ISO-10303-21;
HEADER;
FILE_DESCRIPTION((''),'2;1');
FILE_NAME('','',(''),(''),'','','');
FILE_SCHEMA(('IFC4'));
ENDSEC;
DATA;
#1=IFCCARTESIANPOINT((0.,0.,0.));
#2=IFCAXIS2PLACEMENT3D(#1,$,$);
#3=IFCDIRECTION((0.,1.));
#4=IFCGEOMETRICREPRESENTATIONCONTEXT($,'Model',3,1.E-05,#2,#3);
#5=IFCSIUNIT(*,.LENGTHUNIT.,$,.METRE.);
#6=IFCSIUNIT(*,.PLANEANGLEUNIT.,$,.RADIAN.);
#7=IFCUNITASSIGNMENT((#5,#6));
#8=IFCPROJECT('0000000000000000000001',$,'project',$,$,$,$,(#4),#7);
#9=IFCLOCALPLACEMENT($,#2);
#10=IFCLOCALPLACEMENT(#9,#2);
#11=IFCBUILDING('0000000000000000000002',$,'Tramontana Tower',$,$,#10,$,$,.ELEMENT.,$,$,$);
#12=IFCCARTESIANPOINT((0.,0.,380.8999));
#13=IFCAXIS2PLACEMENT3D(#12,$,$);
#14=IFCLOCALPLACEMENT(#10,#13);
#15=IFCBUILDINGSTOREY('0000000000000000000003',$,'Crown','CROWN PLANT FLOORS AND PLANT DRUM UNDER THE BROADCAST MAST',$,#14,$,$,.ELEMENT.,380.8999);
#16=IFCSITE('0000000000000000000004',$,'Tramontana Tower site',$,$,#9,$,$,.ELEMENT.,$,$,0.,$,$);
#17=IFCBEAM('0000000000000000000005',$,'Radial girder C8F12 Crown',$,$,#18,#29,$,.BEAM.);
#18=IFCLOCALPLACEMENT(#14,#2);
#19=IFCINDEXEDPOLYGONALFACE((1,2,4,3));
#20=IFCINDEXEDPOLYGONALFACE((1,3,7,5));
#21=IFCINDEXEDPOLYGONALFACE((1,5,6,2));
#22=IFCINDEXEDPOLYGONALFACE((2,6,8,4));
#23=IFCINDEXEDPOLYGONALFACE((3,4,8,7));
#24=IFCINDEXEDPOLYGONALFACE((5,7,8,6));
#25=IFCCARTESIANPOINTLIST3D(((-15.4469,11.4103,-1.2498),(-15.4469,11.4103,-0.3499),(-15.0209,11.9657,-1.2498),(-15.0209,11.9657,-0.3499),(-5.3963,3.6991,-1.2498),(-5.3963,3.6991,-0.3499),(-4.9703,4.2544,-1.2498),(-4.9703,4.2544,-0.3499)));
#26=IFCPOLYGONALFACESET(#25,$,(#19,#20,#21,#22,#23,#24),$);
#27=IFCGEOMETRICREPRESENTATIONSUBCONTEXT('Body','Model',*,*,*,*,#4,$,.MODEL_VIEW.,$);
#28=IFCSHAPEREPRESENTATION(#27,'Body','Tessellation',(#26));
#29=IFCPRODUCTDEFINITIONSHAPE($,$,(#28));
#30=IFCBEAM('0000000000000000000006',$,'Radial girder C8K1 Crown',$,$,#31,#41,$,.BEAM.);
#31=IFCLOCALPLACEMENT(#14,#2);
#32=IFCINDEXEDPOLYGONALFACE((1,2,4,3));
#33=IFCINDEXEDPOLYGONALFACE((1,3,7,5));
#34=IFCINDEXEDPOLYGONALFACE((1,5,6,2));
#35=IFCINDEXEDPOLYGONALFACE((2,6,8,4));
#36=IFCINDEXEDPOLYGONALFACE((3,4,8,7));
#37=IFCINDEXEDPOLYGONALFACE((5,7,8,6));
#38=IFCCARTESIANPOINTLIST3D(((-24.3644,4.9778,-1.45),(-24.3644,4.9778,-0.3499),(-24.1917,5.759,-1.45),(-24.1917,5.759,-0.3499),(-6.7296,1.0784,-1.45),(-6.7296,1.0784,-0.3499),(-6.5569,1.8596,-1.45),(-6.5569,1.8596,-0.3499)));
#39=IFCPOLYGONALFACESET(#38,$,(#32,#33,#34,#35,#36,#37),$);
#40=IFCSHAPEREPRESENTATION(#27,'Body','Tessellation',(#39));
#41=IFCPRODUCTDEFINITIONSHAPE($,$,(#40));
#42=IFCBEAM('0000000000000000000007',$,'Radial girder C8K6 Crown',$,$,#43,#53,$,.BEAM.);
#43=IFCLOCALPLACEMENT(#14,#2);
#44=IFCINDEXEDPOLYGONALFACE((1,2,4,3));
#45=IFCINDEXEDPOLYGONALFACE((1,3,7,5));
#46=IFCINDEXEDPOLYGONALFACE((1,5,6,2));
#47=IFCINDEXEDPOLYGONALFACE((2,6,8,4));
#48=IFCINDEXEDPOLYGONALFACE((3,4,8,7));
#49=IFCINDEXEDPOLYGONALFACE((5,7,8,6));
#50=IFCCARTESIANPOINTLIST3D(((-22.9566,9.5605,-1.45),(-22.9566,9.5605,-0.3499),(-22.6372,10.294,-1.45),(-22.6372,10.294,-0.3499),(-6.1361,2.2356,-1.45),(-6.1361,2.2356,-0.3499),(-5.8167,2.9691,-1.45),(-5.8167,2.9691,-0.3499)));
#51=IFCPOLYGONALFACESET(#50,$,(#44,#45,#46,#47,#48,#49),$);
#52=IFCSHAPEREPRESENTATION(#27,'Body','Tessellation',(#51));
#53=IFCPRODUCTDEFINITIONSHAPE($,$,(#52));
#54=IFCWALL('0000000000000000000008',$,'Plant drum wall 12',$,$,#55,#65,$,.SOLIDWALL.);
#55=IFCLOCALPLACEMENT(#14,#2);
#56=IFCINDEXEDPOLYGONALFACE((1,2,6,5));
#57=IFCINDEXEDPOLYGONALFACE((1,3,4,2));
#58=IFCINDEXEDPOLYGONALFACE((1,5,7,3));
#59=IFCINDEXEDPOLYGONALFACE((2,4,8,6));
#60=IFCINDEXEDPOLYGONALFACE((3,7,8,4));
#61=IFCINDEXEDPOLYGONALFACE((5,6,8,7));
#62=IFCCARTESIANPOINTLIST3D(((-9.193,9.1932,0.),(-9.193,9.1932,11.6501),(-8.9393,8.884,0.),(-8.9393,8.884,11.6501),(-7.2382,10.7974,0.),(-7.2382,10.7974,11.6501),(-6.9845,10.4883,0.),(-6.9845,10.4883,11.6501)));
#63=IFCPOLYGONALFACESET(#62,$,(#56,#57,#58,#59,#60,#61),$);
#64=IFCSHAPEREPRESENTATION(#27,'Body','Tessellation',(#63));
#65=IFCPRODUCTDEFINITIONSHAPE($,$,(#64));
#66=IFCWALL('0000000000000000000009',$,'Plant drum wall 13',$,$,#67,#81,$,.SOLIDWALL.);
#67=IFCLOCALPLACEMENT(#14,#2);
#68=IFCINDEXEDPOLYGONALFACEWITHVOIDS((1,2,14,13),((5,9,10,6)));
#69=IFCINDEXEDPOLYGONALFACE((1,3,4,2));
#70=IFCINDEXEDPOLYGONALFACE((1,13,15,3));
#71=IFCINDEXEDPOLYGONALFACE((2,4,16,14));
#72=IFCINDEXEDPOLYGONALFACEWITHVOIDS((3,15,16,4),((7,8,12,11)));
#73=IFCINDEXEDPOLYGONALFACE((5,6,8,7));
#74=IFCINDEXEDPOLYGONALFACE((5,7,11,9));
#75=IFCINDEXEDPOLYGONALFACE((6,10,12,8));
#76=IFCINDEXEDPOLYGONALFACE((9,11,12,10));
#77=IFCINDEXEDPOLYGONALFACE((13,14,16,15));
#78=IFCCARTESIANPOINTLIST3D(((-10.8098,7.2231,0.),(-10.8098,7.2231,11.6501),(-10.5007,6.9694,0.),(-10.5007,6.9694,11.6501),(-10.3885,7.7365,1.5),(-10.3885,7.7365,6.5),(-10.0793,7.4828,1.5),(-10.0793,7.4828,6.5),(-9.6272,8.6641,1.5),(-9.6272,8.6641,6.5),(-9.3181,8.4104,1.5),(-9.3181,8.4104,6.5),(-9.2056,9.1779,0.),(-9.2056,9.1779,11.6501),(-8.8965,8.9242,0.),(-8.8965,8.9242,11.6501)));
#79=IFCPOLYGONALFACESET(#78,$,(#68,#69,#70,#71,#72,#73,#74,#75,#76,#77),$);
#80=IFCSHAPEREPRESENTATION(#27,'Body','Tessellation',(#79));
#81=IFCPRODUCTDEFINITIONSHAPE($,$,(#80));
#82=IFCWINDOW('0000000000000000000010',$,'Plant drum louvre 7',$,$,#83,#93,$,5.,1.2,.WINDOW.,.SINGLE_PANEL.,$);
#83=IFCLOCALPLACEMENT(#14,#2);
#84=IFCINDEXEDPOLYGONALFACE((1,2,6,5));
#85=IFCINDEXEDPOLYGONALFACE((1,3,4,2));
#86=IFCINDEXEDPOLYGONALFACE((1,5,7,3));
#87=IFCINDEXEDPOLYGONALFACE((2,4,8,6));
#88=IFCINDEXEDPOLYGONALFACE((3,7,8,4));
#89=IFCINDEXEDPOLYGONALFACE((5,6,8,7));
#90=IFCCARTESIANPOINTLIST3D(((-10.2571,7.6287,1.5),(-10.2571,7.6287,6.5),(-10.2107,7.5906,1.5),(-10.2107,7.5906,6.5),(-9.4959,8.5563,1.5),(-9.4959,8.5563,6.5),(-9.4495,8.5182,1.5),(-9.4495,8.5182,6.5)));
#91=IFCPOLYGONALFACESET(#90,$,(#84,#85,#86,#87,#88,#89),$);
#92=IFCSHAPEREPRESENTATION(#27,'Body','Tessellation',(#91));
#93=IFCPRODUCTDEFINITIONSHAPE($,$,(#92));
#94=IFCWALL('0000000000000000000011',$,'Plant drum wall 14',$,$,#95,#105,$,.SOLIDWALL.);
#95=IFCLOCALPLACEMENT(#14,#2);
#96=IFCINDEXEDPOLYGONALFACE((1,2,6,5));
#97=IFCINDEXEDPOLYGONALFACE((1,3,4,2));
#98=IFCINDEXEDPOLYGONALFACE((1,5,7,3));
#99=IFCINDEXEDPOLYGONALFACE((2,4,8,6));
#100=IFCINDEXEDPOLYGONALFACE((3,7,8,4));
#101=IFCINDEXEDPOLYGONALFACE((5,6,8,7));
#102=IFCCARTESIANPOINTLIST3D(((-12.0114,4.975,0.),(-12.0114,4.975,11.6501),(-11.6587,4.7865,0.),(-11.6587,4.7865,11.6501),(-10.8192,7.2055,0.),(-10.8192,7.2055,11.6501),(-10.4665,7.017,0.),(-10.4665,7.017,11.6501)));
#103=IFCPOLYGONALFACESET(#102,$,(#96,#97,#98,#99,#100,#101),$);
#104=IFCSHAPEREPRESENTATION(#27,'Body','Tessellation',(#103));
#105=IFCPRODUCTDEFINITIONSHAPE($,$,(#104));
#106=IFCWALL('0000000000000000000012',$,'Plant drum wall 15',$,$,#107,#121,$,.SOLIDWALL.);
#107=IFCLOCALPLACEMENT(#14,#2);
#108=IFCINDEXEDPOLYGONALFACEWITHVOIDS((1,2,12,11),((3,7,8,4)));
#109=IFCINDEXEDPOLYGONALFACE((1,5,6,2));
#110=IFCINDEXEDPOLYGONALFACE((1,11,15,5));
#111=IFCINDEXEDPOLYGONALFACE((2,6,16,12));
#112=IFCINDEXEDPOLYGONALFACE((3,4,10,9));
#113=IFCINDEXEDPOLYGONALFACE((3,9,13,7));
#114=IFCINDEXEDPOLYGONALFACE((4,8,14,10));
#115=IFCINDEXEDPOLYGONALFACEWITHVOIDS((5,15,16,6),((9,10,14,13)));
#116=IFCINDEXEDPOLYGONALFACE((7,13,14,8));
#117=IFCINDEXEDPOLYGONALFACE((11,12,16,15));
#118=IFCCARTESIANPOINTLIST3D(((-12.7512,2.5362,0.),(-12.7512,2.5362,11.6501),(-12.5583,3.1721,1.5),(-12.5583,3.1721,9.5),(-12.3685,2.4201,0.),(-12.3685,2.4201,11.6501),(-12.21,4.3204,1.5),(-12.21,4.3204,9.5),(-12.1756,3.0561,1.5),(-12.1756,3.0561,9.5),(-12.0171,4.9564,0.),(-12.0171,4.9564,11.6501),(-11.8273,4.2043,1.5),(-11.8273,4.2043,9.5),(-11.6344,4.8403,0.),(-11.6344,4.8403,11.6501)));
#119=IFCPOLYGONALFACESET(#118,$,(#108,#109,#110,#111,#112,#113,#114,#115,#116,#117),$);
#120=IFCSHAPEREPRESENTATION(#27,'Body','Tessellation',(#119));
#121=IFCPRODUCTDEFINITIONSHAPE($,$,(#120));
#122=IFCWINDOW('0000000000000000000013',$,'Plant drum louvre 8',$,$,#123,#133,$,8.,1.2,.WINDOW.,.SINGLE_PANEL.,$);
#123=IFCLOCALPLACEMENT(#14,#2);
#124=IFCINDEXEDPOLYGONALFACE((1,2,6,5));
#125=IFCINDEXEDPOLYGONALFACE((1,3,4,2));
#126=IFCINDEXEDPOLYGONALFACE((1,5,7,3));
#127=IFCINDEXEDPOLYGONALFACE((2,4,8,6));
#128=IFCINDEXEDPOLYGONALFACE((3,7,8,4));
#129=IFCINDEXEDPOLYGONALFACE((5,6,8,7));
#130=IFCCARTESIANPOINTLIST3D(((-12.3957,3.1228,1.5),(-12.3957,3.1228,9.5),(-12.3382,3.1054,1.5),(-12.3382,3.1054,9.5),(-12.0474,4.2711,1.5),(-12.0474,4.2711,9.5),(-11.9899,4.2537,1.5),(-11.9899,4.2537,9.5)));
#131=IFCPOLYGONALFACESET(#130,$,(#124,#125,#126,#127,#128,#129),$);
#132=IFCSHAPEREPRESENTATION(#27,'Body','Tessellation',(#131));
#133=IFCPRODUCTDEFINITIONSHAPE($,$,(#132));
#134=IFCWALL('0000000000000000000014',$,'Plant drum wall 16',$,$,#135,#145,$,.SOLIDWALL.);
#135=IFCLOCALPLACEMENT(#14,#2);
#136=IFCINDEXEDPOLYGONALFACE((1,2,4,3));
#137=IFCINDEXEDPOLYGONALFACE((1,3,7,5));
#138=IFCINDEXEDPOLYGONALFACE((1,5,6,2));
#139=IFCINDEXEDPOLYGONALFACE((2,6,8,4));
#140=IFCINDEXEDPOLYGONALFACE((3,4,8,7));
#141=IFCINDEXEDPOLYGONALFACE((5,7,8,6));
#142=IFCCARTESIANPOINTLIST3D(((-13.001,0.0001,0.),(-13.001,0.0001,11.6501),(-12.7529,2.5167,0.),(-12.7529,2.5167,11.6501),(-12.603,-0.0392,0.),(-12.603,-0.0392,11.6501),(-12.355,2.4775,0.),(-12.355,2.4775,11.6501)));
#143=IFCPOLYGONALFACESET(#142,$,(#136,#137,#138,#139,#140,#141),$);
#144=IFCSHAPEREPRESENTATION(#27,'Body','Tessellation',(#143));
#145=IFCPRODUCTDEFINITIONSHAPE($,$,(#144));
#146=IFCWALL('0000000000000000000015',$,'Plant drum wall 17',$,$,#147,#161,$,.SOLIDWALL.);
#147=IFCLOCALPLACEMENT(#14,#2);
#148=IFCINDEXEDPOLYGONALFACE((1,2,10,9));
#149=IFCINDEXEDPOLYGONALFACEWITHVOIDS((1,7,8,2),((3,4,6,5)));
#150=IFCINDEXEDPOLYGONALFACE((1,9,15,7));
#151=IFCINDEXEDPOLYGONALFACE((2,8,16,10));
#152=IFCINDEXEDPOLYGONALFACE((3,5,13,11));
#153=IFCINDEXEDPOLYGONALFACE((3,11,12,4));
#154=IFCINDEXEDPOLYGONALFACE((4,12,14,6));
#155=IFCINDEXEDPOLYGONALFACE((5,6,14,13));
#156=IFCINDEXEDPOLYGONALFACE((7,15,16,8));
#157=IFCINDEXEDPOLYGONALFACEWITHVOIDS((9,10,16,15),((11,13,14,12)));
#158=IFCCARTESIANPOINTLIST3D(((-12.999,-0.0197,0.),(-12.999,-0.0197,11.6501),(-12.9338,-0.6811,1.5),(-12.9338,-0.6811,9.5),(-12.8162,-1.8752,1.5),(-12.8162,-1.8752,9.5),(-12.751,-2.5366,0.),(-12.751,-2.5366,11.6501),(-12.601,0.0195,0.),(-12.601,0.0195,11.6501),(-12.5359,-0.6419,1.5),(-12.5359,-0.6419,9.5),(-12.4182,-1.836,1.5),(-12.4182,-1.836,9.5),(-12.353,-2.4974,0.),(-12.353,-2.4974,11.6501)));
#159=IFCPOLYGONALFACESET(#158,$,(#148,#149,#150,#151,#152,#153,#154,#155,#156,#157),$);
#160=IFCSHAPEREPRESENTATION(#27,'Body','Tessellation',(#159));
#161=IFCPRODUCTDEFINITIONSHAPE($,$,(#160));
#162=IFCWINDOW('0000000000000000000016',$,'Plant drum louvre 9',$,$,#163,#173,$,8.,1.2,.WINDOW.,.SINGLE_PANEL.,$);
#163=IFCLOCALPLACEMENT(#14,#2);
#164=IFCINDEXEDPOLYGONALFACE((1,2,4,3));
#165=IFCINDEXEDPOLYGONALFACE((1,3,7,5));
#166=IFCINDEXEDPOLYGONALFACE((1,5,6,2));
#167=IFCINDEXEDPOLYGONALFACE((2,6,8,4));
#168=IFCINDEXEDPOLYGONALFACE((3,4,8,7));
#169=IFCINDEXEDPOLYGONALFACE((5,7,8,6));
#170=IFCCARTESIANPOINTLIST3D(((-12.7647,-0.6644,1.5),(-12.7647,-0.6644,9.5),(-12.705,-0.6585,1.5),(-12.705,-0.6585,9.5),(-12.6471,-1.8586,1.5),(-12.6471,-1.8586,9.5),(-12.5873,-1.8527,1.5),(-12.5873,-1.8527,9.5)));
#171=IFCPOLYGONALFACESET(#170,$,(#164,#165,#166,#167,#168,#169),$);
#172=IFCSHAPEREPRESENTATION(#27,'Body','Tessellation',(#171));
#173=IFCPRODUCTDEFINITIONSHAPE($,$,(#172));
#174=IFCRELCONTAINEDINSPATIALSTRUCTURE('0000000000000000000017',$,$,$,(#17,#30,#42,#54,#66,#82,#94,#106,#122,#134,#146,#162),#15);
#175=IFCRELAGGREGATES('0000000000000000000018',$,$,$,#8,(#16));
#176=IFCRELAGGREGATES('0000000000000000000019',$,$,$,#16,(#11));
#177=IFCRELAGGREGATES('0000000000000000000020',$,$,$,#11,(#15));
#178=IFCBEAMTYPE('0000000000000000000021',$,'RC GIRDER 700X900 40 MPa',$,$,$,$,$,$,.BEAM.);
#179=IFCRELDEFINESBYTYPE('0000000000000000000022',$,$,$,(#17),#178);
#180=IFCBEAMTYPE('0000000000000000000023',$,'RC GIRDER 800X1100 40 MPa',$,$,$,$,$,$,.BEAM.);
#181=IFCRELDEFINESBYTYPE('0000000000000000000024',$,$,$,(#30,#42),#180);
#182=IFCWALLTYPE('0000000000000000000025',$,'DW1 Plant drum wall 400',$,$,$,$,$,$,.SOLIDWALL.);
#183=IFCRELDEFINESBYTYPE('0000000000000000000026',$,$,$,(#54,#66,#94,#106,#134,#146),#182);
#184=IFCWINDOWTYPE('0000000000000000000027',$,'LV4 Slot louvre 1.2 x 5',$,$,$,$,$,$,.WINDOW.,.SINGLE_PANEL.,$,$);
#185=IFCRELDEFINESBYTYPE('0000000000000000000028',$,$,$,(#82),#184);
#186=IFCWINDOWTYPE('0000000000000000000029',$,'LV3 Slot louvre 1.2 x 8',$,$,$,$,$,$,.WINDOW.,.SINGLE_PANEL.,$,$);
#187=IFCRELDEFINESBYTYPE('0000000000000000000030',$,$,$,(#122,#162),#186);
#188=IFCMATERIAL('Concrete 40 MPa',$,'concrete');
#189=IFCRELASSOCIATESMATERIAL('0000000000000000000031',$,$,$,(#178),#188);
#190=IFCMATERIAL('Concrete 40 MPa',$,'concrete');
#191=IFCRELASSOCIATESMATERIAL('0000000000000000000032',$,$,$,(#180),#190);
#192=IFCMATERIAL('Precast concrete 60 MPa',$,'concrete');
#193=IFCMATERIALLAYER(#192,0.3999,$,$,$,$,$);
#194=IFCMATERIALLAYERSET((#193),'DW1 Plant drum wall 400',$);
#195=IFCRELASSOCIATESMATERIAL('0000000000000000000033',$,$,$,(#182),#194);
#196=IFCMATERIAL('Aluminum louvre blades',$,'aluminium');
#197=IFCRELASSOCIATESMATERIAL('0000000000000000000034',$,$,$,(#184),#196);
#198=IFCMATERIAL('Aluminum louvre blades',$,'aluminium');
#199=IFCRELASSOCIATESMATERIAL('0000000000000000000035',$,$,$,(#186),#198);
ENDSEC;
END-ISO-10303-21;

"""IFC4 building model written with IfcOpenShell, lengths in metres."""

from ifc_helpers import new_model, si_unit, direction, frame, frame_2d, origin, origin_2d, place, context, subcontext, project, spatial, rectangle, extrude, material, layer, layer_set, material_profile, profile_set, type_object, element, fill, save


model = new_model("IFC4")

# Units and contexts
model_context = context("Model", 3, precision=1e-05, world=origin(), true_north=direction((0.0, 1.0)))
body_context = subcontext(model_context, "Body", "Model", "MODEL_VIEW")
ifc_project = project(units=[si_unit("LENGTHUNIT", "METRE"), si_unit("PLANEANGLEUNIT", "RADIAN")], contexts=[model_context])

# Site, building, storey
site_placement = place(None, origin())
site = spatial("IfcSite", under=ifc_project, at=site_placement, Name="Tramontana Tower site", CompositionType="ELEMENT", RefElevation=0.0)
building_placement = place(site_placement, origin())
building = spatial("IfcBuilding", under=site, at=building_placement, Name="Tramontana Tower", CompositionType="ELEMENT")
storey_placement = place(building_placement, frame((0.0, 0.0, 380.8999)))
storey = spatial("IfcBuildingStorey", under=building, at=storey_placement, Name="Crown", Description="CROWN PLANT FLOORS AND PLANT DRUM UNDER THE BROADCAST MAST", CompositionType="ELEMENT", Elevation=380.8999)

# Beams
ifc_material_1 = material(Name="Concrete 40 MPa", Category="concrete")
ifc_material_profile_1 = material_profile(ifc_material_1, rectangle(XDim=0.7, YDim=0.8999, at=origin_2d()), Name="RC GIRDER 700X900 40 MPa")
ifc_profile_set_1 = profile_set([ifc_material_profile_1], Name="Concrete 40 MPa")
beam_type_1 = type_object("IfcBeamType", Name="RC GIRDER 700X900 40 MPa", PredefinedType="BEAM", material=ifc_profile_set_1)
beam_1_placement = place(storey_placement, frame((-15.2339, 11.688, -0.7998), z_axis=(0.793386, -0.608718, 0.0), x_axis=(0.608718, 0.793386, 0.0)))
element("IfcBeam", 1, at=beam_1_placement, inside=storey, type_object=beam_type_1, Name="Radial girder C8F12 Crown", PredefinedType="BEAM", context=body_context, shape_type="SweptSolid", body=[
    extrude(rectangle(XDim=0.7, YDim=0.8999, at=origin_2d()), origin(), (0.0, 0.0, 1.0), 12.668),
])
ifc_material_2 = material(Name="Concrete 40 MPa", Category="concrete")
ifc_material_profile_2 = material_profile(ifc_material_2, rectangle(XDim=0.8, YDim=1.1001, at=origin_2d()), Name="RC GIRDER 800X1100 40 MPa")
ifc_profile_set_2 = profile_set([ifc_material_profile_2], Name="Concrete 40 MPa")
beam_type_2 = type_object("IfcBeamType", Name="RC GIRDER 800X1100 40 MPa", PredefinedType="BEAM", material=ifc_profile_set_2)
beam_2_placement = place(storey_placement, frame((-24.2781, 5.3684, -0.8999), z_axis=(0.976414, -0.215906, 0.0), x_axis=(0.215906, 0.976414, 0.0)))
element("IfcBeam", 2, at=beam_2_placement, inside=storey, type_object=beam_type_2, Name="Radial girder C8K1 Crown", PredefinedType="BEAM", context=body_context, shape_type="SweptSolid", body=[
    extrude(rectangle(XDim=0.8, YDim=1.1001, at=origin_2d()), origin(), (0.0, 0.0, 1.0), 18.0608),
])
beam_3_placement = place(storey_placement, frame((-22.7969, 9.9272, -0.8999), z_axis=(0.916837, -0.399261, 0.0), x_axis=(0.399261, 0.916837, 0.0)))
element("IfcBeam", 3, at=beam_3_placement, inside=storey, type_object=beam_type_2, Name="Radial girder C8K6 Crown", PredefinedType="BEAM", context=body_context, shape_type="SweptSolid", body=[
    extrude(rectangle(XDim=0.8, YDim=1.1001, at=origin_2d()), origin(), (0.0, 0.0, 1.0), 18.3462),
])

# Wall
ifc_material_3 = material(Name="Precast concrete 60 MPa", Category="concrete")
ifc_layer_1 = layer(ifc_material_3, 0.3999)
ifc_layer_set_1 = layer_set([ifc_layer_1], Name="DW1 Plant drum wall 400")
wall_type_1 = type_object("IfcWallType", Name="DW1 Plant drum wall 400", PredefinedType="SOLIDWALL", material=ifc_layer_set_1)
wall_1_placement = place(storey_placement, frame((-7.1113, 10.6428, 0.0), z_axis=(0.0, 0.0, 1.0), x_axis=(-0.773019, -0.634383, 0.0)))
element("IfcWall", 4, at=wall_1_placement, inside=storey, type_object=wall_type_1, Name="Plant drum wall 12", PredefinedType="SOLIDWALL", context=body_context, shape_type="SweptSolid", body=[
    extrude(rectangle(XDim=2.5288, YDim=0.3999, at=frame_2d((1.2644, 0.0))), origin(), (0.0, 0.0, 1.0), 11.6501),
])

# Wall, opening, window
wall_2_placement = place(storey_placement, frame((-9.051, 9.051, 0.0), z_axis=(0.0, 0.0, 1.0), x_axis=(-0.634383, -0.773019, 0.0)))
wall_2 = element("IfcWall", 5, at=wall_2_placement, inside=storey, type_object=wall_type_1, Name="Plant drum wall 13", PredefinedType="SOLIDWALL", context=body_context, shape_type="SweptSolid", body=[
    extrude(rectangle(XDim=2.5288, YDim=0.3999, at=frame_2d((1.2644, 0.0))), origin(), (0.0, 0.0, 1.0), 11.6501),
])
opening_1_placement = place(wall_2_placement, frame((0.6646, 0.0, 1.5)))
opening_1 = element("IfcOpeningElement", 6, at=opening_1_placement, cuts=wall_2, PredefinedType="OPENING", context=body_context, shape_type="SweptSolid", body=[
    extrude(rectangle(XDim=1.2, YDim=5.0, at=frame_2d((0.6001, 2.5))), frame((0.0, 0.21, 0.0), z_axis=(0.0, -1.0, 0.0), x_axis=(1.0, 0.0, 0.0)), (0.0, 0.0, 1.0), 0.4199),
])
ifc_material_4 = material(Name="Aluminum louvre blades", Category="aluminium")
window_type_1 = type_object("IfcWindowType", Name="LV4 Slot louvre 1.2 x 5", PartitioningType="SINGLE_PANEL", PredefinedType="WINDOW", material=ifc_material_4)
window_1_placement = place(opening_1_placement, origin())
window_1 = element("IfcWindow", 7, at=window_1_placement, inside=storey, type_object=window_type_1, Name="Plant drum louvre 7", OverallHeight=5.0, OverallWidth=1.2, PartitioningType="SINGLE_PANEL", PredefinedType="WINDOW", context=body_context, shape_type="SweptSolid", body=[
    extrude(rectangle(XDim=1.2, YDim=5.0, at=frame_2d((0.6001, 2.5))), frame((0.0, 0.03, 0.0), z_axis=(0.0, -1.0, 0.0), x_axis=(1.0, 0.0, 0.0)), (0.0, 0.0, 1.0), 0.0601),
])
fill(opening_1, window_1)

# Wall
wall_3_placement = place(storey_placement, frame((-10.6428, 7.1113, 0.0), z_axis=(0.0, 0.0, 1.0), x_axis=(-0.471375, -0.881933, 0.0)))
element("IfcWall", 8, at=wall_3_placement, inside=storey, type_object=wall_type_1, Name="Plant drum wall 14", PredefinedType="SOLIDWALL", context=body_context, shape_type="SweptSolid", body=[
    extrude(rectangle(XDim=2.5291, YDim=0.3999, at=frame_2d((1.2646, 0.0))), origin(), (0.0, 0.0, 1.0), 11.6501),
])

# Wall, opening, window
wall_4_placement = place(storey_placement, frame((-11.8257, 4.8984, 0.0), z_axis=(0.0, 0.0, 1.0), x_axis=(-0.290278, -0.956942, 0.0)))
wall_4 = element("IfcWall", 9, at=wall_4_placement, inside=storey, type_object=wall_type_1, Name="Plant drum wall 15", PredefinedType="SOLIDWALL", context=body_context, shape_type="SweptSolid", body=[
    extrude(rectangle(XDim=2.5291, YDim=0.3999, at=frame_2d((1.2646, 0.0))), origin(), (0.0, 0.0, 1.0), 11.6501),
])
opening_2_placement = place(wall_4_placement, frame((0.6646, 0.0, 1.5)))
opening_2 = element("IfcOpeningElement", 10, at=opening_2_placement, cuts=wall_4, PredefinedType="OPENING", context=body_context, shape_type="SweptSolid", body=[
    extrude(rectangle(XDim=1.2, YDim=8.0, at=frame_2d((0.6001, 4.0))), frame((0.0, 0.21, 0.0), z_axis=(0.0, -1.0, 0.0), x_axis=(1.0, 0.0, 0.0)), (0.0, 0.0, 1.0), 0.4199),
])
ifc_material_5 = material(Name="Aluminum louvre blades", Category="aluminium")
window_type_2 = type_object("IfcWindowType", Name="LV3 Slot louvre 1.2 x 8", PartitioningType="SINGLE_PANEL", PredefinedType="WINDOW", material=ifc_material_5)
window_2_placement = place(opening_2_placement, origin())
window_2 = element("IfcWindow", 11, at=window_2_placement, inside=storey, type_object=window_type_2, Name="Plant drum louvre 8", OverallHeight=8.0, OverallWidth=1.2, PartitioningType="SINGLE_PANEL", PredefinedType="WINDOW", context=body_context, shape_type="SweptSolid", body=[
    extrude(rectangle(XDim=1.2, YDim=8.0, at=frame_2d((0.6001, 4.0))), frame((0.0, 0.03, 0.0), z_axis=(0.0, -1.0, 0.0), x_axis=(1.0, 0.0, 0.0)), (0.0, 0.0, 1.0), 0.0601),
])
fill(opening_2, window_2)

# Wall
wall_5_placement = place(storey_placement, frame((-12.554, 2.4971, 0.0), z_axis=(0.0, 0.0, 1.0), x_axis=(-0.098089, -0.995178, 0.0)))
element("IfcWall", 12, at=wall_5_placement, inside=storey, type_object=wall_type_1, Name="Plant drum wall 16", PredefinedType="SOLIDWALL", context=body_context, shape_type="SweptSolid", body=[
    extrude(rectangle(XDim=2.5288, YDim=0.3999, at=frame_2d((1.2644, 0.0))), origin(), (0.0, 0.0, 1.0), 11.6501),
])

# Wall, opening, window
wall_6_placement = place(storey_placement, frame((-12.8, 0.0, 0.0), z_axis=(0.0, 0.0, 1.0), x_axis=(0.098079, -0.995179, 0.0)))
wall_6 = element("IfcWall", 13, at=wall_6_placement, inside=storey, type_object=wall_type_1, Name="Plant drum wall 17", PredefinedType="SOLIDWALL", context=body_context, shape_type="SweptSolid", body=[
    extrude(rectangle(XDim=2.5291, YDim=0.3999, at=frame_2d((1.2646, 0.0))), origin(), (0.0, 0.0, 1.0), 11.6501),
])
opening_3_placement = place(wall_6_placement, frame((0.6646, 0.0, 1.5)))
opening_3 = element("IfcOpeningElement", 14, at=opening_3_placement, cuts=wall_6, PredefinedType="OPENING", context=body_context, shape_type="SweptSolid", body=[
    extrude(rectangle(XDim=1.2, YDim=8.0, at=frame_2d((0.6001, 4.0))), frame((0.0, 0.21, 0.0), z_axis=(0.0, -1.0, 0.0), x_axis=(1.0, 0.0, 0.0)), (0.0, 0.0, 1.0), 0.4199),
])
window_3_placement = place(opening_3_placement, origin())
window_3 = element("IfcWindow", 15, at=window_3_placement, inside=storey, type_object=window_type_2, Name="Plant drum louvre 9", OverallHeight=8.0, OverallWidth=1.2, PartitioningType="SINGLE_PANEL", PredefinedType="WINDOW", context=body_context, shape_type="SweptSolid", body=[
    extrude(rectangle(XDim=1.2, YDim=8.0, at=frame_2d((0.6001, 4.0))), frame((0.0, 0.03, 0.0), z_axis=(0.0, -1.0, 0.0), x_axis=(1.0, 0.0, 0.0)), (0.0, 0.0, 1.0), 0.0601),
])
fill(opening_3, window_3)

save(model, "model.ifc")
